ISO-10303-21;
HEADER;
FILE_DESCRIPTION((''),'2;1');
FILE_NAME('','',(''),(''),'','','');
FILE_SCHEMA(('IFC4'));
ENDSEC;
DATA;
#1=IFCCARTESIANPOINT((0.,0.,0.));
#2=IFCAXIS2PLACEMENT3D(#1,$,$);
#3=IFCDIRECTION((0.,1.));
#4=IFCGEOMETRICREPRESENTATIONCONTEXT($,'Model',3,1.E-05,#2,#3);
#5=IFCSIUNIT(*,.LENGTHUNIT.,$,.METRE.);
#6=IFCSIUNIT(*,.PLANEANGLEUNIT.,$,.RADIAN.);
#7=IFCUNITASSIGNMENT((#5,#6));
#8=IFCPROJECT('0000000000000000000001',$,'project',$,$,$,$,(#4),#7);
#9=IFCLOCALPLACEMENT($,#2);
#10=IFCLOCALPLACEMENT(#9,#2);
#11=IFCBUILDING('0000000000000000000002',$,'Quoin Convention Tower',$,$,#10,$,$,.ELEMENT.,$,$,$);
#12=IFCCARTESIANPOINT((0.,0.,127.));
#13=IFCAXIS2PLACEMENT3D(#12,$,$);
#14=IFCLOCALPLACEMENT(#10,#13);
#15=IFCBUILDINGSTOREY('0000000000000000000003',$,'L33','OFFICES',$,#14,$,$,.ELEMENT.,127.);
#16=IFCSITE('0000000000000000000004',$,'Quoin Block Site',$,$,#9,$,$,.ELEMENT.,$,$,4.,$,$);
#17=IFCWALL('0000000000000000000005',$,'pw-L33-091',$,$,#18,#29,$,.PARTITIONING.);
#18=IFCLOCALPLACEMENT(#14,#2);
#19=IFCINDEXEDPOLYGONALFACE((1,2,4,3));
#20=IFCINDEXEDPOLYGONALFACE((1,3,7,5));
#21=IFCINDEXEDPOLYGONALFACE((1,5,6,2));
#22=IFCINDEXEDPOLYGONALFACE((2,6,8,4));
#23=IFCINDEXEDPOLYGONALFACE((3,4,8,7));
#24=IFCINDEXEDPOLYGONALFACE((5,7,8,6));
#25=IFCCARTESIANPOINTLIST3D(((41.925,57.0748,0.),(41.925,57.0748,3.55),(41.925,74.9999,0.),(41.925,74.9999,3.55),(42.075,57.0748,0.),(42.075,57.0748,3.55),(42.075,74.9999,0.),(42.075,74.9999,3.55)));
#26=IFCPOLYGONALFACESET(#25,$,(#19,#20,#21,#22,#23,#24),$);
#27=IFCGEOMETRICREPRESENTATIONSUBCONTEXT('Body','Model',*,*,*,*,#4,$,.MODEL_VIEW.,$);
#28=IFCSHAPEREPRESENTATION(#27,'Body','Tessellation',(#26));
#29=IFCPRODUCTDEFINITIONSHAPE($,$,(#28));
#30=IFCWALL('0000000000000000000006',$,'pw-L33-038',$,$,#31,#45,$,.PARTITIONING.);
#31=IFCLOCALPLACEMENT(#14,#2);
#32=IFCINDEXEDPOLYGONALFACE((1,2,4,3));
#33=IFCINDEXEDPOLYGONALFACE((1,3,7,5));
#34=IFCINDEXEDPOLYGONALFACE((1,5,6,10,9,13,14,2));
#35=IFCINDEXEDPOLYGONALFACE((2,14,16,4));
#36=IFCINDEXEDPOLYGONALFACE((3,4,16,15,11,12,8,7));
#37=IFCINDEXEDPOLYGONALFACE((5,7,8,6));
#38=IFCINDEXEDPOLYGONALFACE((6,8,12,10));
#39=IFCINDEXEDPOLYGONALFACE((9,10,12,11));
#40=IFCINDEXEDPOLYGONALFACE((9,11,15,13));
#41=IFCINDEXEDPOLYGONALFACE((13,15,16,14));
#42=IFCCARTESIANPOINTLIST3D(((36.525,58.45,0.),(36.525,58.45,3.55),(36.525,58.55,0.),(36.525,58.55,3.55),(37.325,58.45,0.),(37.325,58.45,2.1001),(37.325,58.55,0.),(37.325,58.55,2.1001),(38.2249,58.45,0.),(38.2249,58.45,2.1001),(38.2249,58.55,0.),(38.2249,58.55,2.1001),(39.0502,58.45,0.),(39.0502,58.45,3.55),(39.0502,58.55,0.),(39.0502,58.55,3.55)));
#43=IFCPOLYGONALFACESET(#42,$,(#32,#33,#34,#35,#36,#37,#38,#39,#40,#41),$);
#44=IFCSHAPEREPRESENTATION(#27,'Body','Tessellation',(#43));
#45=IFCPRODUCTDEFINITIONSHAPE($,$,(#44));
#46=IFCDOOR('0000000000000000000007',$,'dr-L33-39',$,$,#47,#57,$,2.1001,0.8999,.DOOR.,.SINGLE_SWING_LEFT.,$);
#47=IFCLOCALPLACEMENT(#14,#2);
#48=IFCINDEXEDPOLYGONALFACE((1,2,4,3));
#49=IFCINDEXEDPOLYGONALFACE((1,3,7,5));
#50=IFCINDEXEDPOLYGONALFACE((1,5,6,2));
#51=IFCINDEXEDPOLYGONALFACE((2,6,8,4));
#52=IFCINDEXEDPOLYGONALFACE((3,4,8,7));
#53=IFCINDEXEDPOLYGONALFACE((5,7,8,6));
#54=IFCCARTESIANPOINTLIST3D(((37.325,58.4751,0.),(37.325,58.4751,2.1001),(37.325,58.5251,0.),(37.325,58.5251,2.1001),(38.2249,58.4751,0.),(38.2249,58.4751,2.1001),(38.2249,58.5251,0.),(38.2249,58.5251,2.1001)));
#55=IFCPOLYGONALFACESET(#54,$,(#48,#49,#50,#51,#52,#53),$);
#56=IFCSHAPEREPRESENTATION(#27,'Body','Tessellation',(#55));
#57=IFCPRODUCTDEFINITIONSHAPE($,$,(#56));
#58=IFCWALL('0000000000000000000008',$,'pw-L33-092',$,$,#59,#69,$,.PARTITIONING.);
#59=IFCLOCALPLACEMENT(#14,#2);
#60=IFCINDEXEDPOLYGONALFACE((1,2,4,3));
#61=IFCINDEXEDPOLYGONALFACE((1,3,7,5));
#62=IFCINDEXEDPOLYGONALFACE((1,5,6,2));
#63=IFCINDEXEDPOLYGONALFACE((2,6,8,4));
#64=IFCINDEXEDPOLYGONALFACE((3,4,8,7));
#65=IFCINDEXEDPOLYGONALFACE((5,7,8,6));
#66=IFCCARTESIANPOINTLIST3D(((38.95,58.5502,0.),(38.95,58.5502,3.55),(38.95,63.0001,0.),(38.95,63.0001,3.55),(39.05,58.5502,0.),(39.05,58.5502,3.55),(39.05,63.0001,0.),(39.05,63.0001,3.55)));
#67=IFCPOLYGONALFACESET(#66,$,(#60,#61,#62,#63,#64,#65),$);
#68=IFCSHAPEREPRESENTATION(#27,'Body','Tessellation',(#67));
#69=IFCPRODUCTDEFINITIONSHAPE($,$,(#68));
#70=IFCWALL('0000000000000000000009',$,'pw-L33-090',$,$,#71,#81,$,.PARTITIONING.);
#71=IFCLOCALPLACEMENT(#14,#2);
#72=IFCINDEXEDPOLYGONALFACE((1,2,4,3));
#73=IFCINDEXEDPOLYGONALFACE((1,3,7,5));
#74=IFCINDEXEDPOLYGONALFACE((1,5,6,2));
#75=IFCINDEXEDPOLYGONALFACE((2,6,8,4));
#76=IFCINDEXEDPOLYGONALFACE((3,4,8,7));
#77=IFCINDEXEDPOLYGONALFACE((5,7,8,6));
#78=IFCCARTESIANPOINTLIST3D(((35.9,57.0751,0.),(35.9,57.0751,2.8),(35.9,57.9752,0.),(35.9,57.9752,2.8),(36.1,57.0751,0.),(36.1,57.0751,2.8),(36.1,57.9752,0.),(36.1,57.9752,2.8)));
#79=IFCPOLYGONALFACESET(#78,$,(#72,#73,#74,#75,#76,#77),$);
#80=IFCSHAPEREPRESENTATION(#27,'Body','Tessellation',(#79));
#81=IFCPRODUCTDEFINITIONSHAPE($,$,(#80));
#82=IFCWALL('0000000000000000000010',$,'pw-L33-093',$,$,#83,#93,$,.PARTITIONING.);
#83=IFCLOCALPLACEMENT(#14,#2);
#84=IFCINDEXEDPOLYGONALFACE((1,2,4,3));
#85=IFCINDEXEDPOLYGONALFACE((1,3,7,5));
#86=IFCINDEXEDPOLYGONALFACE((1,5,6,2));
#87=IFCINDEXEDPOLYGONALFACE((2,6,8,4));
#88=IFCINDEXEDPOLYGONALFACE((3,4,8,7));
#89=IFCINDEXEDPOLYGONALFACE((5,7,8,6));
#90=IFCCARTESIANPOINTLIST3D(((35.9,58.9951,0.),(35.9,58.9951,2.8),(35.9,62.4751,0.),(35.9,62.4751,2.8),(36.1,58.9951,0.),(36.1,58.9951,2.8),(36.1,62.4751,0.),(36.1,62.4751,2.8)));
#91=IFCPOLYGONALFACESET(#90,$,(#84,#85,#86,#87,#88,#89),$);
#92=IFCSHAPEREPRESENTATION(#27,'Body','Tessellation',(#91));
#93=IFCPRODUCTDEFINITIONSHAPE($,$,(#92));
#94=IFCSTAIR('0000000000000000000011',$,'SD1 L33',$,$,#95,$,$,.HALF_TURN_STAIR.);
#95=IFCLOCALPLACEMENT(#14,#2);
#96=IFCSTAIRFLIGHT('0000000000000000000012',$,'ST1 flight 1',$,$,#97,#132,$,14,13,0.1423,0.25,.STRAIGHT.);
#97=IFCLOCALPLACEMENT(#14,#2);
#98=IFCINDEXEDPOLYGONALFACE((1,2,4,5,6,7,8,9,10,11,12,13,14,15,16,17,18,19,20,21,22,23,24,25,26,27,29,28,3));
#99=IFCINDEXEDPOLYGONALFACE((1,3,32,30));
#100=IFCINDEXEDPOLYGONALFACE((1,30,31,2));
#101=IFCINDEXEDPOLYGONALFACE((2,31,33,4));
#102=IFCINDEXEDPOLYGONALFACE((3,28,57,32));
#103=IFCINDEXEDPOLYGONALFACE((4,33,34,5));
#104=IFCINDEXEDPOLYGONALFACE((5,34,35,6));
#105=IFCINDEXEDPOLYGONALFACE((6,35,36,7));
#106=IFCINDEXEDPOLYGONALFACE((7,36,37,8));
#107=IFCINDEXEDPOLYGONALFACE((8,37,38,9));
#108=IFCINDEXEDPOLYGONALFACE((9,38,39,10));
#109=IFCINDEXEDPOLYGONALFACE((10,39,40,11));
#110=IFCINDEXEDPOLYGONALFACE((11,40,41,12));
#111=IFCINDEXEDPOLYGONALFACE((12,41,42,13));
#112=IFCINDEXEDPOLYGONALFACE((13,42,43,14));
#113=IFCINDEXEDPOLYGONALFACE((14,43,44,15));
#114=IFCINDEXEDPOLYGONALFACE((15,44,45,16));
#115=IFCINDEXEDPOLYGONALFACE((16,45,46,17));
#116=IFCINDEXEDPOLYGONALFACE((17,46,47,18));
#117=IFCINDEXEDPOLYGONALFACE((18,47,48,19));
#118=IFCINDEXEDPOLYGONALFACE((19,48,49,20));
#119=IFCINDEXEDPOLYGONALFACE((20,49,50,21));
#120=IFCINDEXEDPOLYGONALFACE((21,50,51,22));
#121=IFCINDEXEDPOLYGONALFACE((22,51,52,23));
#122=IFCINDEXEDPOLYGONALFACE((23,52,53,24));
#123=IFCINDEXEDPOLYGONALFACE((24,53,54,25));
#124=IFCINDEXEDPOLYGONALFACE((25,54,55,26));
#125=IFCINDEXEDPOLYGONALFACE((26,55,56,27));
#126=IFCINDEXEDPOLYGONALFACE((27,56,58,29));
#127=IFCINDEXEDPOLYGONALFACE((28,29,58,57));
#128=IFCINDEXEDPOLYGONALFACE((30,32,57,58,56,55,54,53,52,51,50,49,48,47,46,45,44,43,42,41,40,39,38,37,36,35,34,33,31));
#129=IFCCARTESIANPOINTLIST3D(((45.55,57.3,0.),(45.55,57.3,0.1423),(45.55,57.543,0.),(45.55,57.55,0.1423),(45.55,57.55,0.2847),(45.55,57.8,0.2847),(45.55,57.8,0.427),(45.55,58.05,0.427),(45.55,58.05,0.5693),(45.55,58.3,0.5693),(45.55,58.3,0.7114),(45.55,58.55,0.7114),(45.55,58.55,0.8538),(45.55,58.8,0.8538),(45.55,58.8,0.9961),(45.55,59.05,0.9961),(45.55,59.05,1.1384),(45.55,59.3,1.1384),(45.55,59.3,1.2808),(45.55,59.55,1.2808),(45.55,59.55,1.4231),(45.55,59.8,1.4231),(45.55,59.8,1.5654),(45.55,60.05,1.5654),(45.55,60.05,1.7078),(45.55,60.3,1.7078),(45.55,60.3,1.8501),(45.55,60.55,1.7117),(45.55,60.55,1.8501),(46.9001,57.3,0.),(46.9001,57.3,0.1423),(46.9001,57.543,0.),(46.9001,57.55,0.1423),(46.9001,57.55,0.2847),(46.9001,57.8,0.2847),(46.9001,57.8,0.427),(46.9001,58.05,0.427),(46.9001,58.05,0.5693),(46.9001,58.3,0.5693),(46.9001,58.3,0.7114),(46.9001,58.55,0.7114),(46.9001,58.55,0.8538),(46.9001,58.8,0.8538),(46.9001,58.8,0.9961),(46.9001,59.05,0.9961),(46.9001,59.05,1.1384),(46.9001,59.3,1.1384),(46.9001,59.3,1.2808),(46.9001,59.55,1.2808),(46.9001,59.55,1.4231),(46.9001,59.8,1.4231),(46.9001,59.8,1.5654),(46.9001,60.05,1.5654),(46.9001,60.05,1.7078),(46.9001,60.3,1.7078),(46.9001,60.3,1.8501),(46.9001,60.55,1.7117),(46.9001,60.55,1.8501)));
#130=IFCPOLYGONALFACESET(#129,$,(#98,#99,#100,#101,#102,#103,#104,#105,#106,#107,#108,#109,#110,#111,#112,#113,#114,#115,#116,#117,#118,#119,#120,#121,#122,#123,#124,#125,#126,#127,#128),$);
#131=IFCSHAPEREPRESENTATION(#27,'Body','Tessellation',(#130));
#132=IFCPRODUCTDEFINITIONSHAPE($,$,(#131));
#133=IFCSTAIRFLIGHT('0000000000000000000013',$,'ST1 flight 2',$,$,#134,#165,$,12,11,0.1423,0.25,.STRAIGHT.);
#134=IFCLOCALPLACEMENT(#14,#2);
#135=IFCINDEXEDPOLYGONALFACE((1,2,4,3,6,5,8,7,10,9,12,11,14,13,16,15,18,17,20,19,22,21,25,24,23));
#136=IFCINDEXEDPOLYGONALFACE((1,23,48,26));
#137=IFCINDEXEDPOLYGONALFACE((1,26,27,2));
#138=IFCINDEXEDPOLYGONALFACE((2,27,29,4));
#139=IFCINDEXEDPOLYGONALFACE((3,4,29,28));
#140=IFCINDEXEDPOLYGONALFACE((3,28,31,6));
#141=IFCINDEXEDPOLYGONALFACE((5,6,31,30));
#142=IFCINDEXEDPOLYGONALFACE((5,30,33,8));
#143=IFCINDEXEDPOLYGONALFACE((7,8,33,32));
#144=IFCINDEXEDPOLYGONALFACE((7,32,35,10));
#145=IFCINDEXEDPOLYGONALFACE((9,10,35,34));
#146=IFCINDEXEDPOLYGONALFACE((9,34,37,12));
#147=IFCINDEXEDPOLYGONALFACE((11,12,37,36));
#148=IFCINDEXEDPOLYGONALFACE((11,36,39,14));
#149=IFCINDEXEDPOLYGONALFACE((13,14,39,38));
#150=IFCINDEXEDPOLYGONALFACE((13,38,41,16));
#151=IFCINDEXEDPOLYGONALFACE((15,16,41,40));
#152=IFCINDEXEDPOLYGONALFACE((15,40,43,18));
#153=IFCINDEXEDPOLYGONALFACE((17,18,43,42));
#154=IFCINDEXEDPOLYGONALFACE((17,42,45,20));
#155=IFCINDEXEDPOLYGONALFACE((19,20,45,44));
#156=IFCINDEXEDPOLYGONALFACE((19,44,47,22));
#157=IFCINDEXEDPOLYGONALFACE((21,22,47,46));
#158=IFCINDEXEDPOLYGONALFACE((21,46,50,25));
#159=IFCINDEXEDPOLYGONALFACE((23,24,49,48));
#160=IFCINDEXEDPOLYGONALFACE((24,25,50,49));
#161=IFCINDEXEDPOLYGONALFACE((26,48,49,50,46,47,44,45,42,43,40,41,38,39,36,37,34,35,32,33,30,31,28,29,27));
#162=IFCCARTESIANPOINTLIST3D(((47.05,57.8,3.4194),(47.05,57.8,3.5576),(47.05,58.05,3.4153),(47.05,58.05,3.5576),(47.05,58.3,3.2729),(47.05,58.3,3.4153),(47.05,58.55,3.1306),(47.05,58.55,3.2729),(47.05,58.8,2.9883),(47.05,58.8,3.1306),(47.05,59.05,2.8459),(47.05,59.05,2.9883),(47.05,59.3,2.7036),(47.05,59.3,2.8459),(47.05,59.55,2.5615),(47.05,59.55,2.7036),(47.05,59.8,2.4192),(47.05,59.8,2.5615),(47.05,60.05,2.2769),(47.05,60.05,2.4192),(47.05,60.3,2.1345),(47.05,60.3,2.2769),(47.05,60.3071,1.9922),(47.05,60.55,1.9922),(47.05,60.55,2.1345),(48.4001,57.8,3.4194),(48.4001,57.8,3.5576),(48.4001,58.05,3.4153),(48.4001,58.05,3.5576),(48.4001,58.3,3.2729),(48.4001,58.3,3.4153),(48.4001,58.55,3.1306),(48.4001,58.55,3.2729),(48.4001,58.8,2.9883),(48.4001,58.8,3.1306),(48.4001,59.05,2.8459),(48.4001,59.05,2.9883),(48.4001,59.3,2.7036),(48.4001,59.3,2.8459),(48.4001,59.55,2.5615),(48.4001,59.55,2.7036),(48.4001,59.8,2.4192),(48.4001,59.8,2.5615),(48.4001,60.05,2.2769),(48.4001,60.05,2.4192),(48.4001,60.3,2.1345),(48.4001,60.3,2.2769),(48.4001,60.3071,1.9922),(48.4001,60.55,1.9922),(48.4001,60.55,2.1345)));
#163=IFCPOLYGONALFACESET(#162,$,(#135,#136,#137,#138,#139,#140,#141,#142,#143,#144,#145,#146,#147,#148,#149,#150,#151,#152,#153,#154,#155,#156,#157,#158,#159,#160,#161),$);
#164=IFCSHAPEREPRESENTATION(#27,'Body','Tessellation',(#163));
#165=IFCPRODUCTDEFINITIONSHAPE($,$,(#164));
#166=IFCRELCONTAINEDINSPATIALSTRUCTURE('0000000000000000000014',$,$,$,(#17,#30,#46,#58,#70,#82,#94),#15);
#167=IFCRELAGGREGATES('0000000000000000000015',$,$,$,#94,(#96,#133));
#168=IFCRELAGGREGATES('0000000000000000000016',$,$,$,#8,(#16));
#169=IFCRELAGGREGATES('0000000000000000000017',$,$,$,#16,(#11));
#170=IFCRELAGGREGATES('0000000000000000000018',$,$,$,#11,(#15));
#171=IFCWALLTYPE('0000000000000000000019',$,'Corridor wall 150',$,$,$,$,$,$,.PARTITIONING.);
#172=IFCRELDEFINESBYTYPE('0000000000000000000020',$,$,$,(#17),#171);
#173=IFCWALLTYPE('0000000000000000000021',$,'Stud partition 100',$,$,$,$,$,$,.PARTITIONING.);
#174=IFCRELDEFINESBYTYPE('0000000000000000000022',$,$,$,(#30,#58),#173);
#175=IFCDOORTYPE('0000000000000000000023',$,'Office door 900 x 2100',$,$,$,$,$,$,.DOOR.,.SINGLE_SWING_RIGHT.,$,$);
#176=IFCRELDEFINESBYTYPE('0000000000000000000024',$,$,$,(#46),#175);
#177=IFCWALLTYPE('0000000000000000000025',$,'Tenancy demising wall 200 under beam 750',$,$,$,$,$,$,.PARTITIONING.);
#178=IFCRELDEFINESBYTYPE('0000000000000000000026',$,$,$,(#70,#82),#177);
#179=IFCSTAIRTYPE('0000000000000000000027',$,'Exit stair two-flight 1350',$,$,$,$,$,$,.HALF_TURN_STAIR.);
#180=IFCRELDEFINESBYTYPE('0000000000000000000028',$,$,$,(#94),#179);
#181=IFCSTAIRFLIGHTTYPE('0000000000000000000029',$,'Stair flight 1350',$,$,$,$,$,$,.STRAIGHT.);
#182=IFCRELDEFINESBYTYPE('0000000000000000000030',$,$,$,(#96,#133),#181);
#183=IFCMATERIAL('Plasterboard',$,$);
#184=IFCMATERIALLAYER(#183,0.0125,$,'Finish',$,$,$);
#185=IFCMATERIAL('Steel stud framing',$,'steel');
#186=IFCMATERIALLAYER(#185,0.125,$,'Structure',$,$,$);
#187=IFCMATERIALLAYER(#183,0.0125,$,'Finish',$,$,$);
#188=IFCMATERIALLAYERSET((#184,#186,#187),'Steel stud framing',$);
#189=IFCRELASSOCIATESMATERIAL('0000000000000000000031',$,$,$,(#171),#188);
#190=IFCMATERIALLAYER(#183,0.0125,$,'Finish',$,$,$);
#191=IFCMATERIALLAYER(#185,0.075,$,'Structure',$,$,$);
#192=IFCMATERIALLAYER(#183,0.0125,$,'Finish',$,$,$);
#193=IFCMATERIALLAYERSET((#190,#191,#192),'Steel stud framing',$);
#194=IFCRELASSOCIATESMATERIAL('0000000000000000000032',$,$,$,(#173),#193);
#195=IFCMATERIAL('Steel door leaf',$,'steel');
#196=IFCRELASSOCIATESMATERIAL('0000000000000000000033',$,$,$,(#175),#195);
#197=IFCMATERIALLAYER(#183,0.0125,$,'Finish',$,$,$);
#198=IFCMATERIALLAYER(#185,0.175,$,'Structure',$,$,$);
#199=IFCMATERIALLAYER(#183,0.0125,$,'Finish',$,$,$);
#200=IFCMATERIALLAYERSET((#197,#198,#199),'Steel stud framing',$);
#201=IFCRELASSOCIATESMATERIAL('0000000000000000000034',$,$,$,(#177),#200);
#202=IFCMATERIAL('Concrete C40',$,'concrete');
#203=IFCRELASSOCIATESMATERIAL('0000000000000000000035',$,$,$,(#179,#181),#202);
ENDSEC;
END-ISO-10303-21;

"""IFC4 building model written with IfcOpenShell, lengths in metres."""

from ifc_helpers import new_model, si_unit, direction, frame, frame_2d, origin, place, context, subcontext, project, spatial, polyline, rectangle, outline, extrude, material, layer, layer_set, type_object, element, fill, aggregate, save


model = new_model("IFC4")

# Units and contexts
model_context = context("Model", 3, precision=1e-05, world=origin(), true_north=direction((0.0, 1.0)))
body_context = subcontext(model_context, "Body", "Model", "MODEL_VIEW")
ifc_project = project(units=[si_unit("LENGTHUNIT", "METRE"), si_unit("PLANEANGLEUNIT", "RADIAN")], contexts=[model_context])

# Site, building, storey
site_placement = place(None, origin())
site = spatial("IfcSite", under=ifc_project, at=site_placement, Name="Quoin Block Site", CompositionType="ELEMENT", RefElevation=4.0)
building_placement = place(site_placement, origin())
building = spatial("IfcBuilding", under=site, at=building_placement, Name="Quoin Convention Tower", CompositionType="ELEMENT")
storey_placement = place(building_placement, frame((0.0, 0.0, 127.0)))
storey = spatial("IfcBuildingStorey", under=building, at=storey_placement, Name="L33", Description="OFFICES", CompositionType="ELEMENT", Elevation=127.0)

# Shared definitions
ifc_material_1 = material(Name="Plasterboard")
ifc_material_2 = material(Name="Steel stud framing", Category="steel")

# Shared definitions
ifc_material_3 = material(Name="Steel door leaf", Category="steel")

# Wall
ifc_layer_1 = layer(ifc_material_1, 0.0125, Name="Finish")
ifc_layer_2 = layer(ifc_material_2, 0.125, Name="Structure")
ifc_layer_3 = layer(ifc_material_1, 0.0125, Name="Finish")
ifc_layer_set_1 = layer_set([ifc_layer_1, ifc_layer_2, ifc_layer_3], Name="Steel stud framing")
wall_type_1 = type_object("IfcWallType", Name="Corridor wall 150", PredefinedType="PARTITIONING", material=ifc_layer_set_1)
wall_1_placement = place(storey_placement, frame((42.0, 57.075, 0.0), z_axis=(0.0, 0.0, 1.0), x_axis=(0.0, 1.0, 0.0)))
element("IfcWall", 1, at=wall_1_placement, inside=storey, type_object=wall_type_1, Name="pw-L33-091", PredefinedType="PARTITIONING", context=body_context, shape_type="SweptSolid", body=[
    extrude(rectangle(XDim=17.925, YDim=0.1499, at=frame_2d((8.9624, 0.0))), origin(), (0.0, 0.0, 1.0), 3.55),
])

# Wall, opening, door
ifc_layer_4 = layer(ifc_material_1, 0.0125, Name="Finish")
ifc_layer_5 = layer(ifc_material_2, 0.075, Name="Structure")
ifc_layer_6 = layer(ifc_material_1, 0.0125, Name="Finish")
ifc_layer_set_2 = layer_set([ifc_layer_4, ifc_layer_5, ifc_layer_6], Name="Steel stud framing")
wall_type_2 = type_object("IfcWallType", Name="Stud partition 100", PredefinedType="PARTITIONING", material=ifc_layer_set_2)
wall_2_placement = place(storey_placement, frame((36.5249, 58.5, 0.0), z_axis=(0.0, 0.0, 1.0), x_axis=(1.0, 0.0, 0.0)))
wall_2 = element("IfcWall", 2, at=wall_2_placement, inside=storey, type_object=wall_type_2, Name="pw-L33-038", PredefinedType="PARTITIONING", context=body_context, shape_type="SweptSolid", body=[
    extrude(rectangle(XDim=2.5251, YDim=0.1001, at=frame_2d((1.2627, 0.0))), origin(), (0.0, 0.0, 1.0), 3.55),
])
opening_1_placement = place(wall_2_placement, frame((0.8, 0.0, 0.0)))
opening_1 = element("IfcOpeningElement", 3, at=opening_1_placement, cuts=wall_2, PredefinedType="OPENING", context=body_context, shape_type="SweptSolid", body=[
    extrude(rectangle(XDim=0.8999, YDim=2.1001, at=frame_2d((0.45, 1.05))), frame((0.0, 0.0601, 0.0), z_axis=(0.0, -1.0, 0.0), x_axis=(1.0, 0.0, 0.0)), (0.0, 0.0, 1.0), 0.1201),
])
door_type_1 = type_object("IfcDoorType", Name="Office door 900 x 2100", OperationType="SINGLE_SWING_RIGHT", PredefinedType="DOOR", material=ifc_material_3)
door_1_placement = place(opening_1_placement, frame((0.8999, 0.0, 0.0), z_axis=(0.0, 0.0, 1.0), x_axis=(-1.0, 0.0, 0.0)))
door_1 = element("IfcDoor", 4, at=door_1_placement, inside=storey, type_object=door_type_1, Name="dr-L33-39", OperationType="SINGLE_SWING_LEFT", OverallHeight=2.1001, OverallWidth=0.8999, PredefinedType="DOOR", context=body_context, shape_type="SweptSolid", body=[
    extrude(rectangle(XDim=0.8999, YDim=2.1001, at=frame_2d((0.45, 1.05))), frame((0.0, 0.0249, 0.0), z_axis=(0.0, -1.0, 0.0), x_axis=(1.0, 0.0, 0.0)), (0.0, 0.0, 1.0), 0.05),
])
fill(opening_1, door_1)

# Walls
wall_3_placement = place(storey_placement, frame((39.0, 58.55, 0.0), z_axis=(0.0, 0.0, 1.0), x_axis=(0.0, 1.0, 0.0)))
element("IfcWall", 5, at=wall_3_placement, inside=storey, type_object=wall_type_2, Name="pw-L33-092", PredefinedType="PARTITIONING", context=body_context, shape_type="SweptSolid", body=[
    extrude(rectangle(XDim=4.45, YDim=0.1001, at=frame_2d((2.2251, 0.0))), origin(), (0.0, 0.0, 1.0), 3.55),
])
ifc_layer_7 = layer(ifc_material_1, 0.0125, Name="Finish")
ifc_layer_8 = layer(ifc_material_2, 0.175, Name="Structure")
ifc_layer_9 = layer(ifc_material_1, 0.0125, Name="Finish")
ifc_layer_set_3 = layer_set([ifc_layer_7, ifc_layer_8, ifc_layer_9], Name="Steel stud framing")
wall_type_3 = type_object("IfcWallType", Name="Tenancy demising wall 200 under beam 750", PredefinedType="PARTITIONING", material=ifc_layer_set_3)
wall_4_placement = place(storey_placement, frame((36.0, 57.075, 0.0), z_axis=(0.0, 0.0, 1.0), x_axis=(0.0, 1.0, 0.0)))
element("IfcWall", 6, at=wall_4_placement, inside=storey, type_object=wall_type_3, Name="pw-L33-090", PredefinedType="PARTITIONING", context=body_context, shape_type="SweptSolid", body=[
    extrude(rectangle(XDim=0.9001, YDim=0.2, at=frame_2d((0.4502, 0.0))), origin(), (0.0, 0.0, 1.0), 2.8),
])
wall_5_placement = place(storey_placement, frame((36.0, 58.9951, 0.0), z_axis=(0.0, 0.0, 1.0), x_axis=(0.0, 1.0, 0.0)))
element("IfcWall", 7, at=wall_5_placement, inside=storey, type_object=wall_type_3, Name="pw-L33-093", PredefinedType="PARTITIONING", context=body_context, shape_type="SweptSolid", body=[
    extrude(rectangle(XDim=3.48, YDim=0.2, at=frame_2d((1.74, 0.0))), origin(), (0.0, 0.0, 1.0), 2.8),
])

# Stair, stair flights
ifc_material_4 = material(Name="Concrete C40", Category="concrete")
stair_type = type_object("IfcStairType", Name="Exit stair two-flight 1350", PredefinedType="HALF_TURN_STAIR", material=ifc_material_4)
stair_placement = place(storey_placement, origin())
stair = element("IfcStair", 8, at=stair_placement, inside=storey, type_object=stair_type, Name="SD1 L33", PredefinedType="HALF_TURN_STAIR")
stair_flight_type = type_object("IfcStairFlightType", Name="Stair flight 1350", PredefinedType="STRAIGHT", material=ifc_material_4)
stair_flight_1_placement = place(storey_placement, frame((46.2251, 57.3, 0.0), z_axis=(0.0, 0.0, 1.0), x_axis=(0.0, 1.0, 0.0)))
stair_flight_1 = element("IfcStairFlight", 9, at=stair_flight_1_placement, type_object=stair_flight_type, Name="ST1 flight 1", NumberOfRisers=14, NumberOfTreads=13, PredefinedType="STRAIGHT", RiserHeight=0.1423, TreadLength=0.25, context=body_context, shape_type="SweptSolid", body=[
    extrude(outline(polyline([(0.0, 0.0), (0.0, 0.1423), (0.25, 0.1423), (0.25, 0.2847), (0.5, 0.2847), (0.5, 0.427), (0.75, 0.427), (0.75, 0.5693), (1.0, 0.5693), (1.0, 0.7114), (1.25, 0.7114), (1.25, 0.8538), (1.5, 0.8538), (1.5, 0.9961), (1.75, 0.9961), (1.75, 1.1384), (2.0, 1.1384), (2.0, 1.2808), (2.25, 1.2808), (2.25, 1.4231), (2.5, 1.4231), (2.5, 1.5654), (2.75, 1.5654), (2.75, 1.7078), (3.0, 1.7078), (3.0, 1.8501), (3.25, 1.8501), (3.25, 1.9922), (3.25, 1.7117), (0.2429, 0.0), (0.0, 0.0)])), frame((0.0, 0.675, 0.0), z_axis=(0.0, -1.0, 0.0), x_axis=(1.0, 0.0, 0.0)), (0.0, 0.0, 1.0), 1.3501),
])
stair_flight_2_placement = place(storey_placement, frame((47.7251, 60.55, 1.9922), z_axis=(0.0, 0.0, 1.0), x_axis=(0.0, -1.0, 0.0)))
stair_flight_2 = element("IfcStairFlight", 10, at=stair_flight_2_placement, type_object=stair_flight_type, Name="ST1 flight 2", NumberOfRisers=12, NumberOfTreads=11, PredefinedType="STRAIGHT", RiserHeight=0.1423, TreadLength=0.25, context=body_context, shape_type="SweptSolid", body=[
    extrude(outline(polyline([(0.0, 0.0), (0.0, 0.1423), (0.25, 0.1423), (0.25, 0.2847), (0.5, 0.2847), (0.5, 0.427), (0.75, 0.427), (0.75, 0.5693), (1.0, 0.5693), (1.0, 0.7114), (1.25, 0.7114), (1.25, 0.8538), (1.5, 0.8538), (1.5, 0.9961), (1.75, 0.9961), (1.75, 1.1384), (2.0, 1.1384), (2.0, 1.2808), (2.25, 1.2808), (2.25, 1.4231), (2.5, 1.4231), (2.5, 1.5654), (2.75, 1.5654), (2.75, 1.7078), (2.75, 1.4272), (0.2429, 0.0), (0.0, 0.0)])), frame((0.0, 0.675, 0.0), z_axis=(0.0, -1.0, 0.0), x_axis=(1.0, 0.0, 0.0)), (0.0, 0.0, 1.0), 1.3501),
])
aggregate(stair, [stair_flight_1, stair_flight_2])

save(model, "model.ifc")
